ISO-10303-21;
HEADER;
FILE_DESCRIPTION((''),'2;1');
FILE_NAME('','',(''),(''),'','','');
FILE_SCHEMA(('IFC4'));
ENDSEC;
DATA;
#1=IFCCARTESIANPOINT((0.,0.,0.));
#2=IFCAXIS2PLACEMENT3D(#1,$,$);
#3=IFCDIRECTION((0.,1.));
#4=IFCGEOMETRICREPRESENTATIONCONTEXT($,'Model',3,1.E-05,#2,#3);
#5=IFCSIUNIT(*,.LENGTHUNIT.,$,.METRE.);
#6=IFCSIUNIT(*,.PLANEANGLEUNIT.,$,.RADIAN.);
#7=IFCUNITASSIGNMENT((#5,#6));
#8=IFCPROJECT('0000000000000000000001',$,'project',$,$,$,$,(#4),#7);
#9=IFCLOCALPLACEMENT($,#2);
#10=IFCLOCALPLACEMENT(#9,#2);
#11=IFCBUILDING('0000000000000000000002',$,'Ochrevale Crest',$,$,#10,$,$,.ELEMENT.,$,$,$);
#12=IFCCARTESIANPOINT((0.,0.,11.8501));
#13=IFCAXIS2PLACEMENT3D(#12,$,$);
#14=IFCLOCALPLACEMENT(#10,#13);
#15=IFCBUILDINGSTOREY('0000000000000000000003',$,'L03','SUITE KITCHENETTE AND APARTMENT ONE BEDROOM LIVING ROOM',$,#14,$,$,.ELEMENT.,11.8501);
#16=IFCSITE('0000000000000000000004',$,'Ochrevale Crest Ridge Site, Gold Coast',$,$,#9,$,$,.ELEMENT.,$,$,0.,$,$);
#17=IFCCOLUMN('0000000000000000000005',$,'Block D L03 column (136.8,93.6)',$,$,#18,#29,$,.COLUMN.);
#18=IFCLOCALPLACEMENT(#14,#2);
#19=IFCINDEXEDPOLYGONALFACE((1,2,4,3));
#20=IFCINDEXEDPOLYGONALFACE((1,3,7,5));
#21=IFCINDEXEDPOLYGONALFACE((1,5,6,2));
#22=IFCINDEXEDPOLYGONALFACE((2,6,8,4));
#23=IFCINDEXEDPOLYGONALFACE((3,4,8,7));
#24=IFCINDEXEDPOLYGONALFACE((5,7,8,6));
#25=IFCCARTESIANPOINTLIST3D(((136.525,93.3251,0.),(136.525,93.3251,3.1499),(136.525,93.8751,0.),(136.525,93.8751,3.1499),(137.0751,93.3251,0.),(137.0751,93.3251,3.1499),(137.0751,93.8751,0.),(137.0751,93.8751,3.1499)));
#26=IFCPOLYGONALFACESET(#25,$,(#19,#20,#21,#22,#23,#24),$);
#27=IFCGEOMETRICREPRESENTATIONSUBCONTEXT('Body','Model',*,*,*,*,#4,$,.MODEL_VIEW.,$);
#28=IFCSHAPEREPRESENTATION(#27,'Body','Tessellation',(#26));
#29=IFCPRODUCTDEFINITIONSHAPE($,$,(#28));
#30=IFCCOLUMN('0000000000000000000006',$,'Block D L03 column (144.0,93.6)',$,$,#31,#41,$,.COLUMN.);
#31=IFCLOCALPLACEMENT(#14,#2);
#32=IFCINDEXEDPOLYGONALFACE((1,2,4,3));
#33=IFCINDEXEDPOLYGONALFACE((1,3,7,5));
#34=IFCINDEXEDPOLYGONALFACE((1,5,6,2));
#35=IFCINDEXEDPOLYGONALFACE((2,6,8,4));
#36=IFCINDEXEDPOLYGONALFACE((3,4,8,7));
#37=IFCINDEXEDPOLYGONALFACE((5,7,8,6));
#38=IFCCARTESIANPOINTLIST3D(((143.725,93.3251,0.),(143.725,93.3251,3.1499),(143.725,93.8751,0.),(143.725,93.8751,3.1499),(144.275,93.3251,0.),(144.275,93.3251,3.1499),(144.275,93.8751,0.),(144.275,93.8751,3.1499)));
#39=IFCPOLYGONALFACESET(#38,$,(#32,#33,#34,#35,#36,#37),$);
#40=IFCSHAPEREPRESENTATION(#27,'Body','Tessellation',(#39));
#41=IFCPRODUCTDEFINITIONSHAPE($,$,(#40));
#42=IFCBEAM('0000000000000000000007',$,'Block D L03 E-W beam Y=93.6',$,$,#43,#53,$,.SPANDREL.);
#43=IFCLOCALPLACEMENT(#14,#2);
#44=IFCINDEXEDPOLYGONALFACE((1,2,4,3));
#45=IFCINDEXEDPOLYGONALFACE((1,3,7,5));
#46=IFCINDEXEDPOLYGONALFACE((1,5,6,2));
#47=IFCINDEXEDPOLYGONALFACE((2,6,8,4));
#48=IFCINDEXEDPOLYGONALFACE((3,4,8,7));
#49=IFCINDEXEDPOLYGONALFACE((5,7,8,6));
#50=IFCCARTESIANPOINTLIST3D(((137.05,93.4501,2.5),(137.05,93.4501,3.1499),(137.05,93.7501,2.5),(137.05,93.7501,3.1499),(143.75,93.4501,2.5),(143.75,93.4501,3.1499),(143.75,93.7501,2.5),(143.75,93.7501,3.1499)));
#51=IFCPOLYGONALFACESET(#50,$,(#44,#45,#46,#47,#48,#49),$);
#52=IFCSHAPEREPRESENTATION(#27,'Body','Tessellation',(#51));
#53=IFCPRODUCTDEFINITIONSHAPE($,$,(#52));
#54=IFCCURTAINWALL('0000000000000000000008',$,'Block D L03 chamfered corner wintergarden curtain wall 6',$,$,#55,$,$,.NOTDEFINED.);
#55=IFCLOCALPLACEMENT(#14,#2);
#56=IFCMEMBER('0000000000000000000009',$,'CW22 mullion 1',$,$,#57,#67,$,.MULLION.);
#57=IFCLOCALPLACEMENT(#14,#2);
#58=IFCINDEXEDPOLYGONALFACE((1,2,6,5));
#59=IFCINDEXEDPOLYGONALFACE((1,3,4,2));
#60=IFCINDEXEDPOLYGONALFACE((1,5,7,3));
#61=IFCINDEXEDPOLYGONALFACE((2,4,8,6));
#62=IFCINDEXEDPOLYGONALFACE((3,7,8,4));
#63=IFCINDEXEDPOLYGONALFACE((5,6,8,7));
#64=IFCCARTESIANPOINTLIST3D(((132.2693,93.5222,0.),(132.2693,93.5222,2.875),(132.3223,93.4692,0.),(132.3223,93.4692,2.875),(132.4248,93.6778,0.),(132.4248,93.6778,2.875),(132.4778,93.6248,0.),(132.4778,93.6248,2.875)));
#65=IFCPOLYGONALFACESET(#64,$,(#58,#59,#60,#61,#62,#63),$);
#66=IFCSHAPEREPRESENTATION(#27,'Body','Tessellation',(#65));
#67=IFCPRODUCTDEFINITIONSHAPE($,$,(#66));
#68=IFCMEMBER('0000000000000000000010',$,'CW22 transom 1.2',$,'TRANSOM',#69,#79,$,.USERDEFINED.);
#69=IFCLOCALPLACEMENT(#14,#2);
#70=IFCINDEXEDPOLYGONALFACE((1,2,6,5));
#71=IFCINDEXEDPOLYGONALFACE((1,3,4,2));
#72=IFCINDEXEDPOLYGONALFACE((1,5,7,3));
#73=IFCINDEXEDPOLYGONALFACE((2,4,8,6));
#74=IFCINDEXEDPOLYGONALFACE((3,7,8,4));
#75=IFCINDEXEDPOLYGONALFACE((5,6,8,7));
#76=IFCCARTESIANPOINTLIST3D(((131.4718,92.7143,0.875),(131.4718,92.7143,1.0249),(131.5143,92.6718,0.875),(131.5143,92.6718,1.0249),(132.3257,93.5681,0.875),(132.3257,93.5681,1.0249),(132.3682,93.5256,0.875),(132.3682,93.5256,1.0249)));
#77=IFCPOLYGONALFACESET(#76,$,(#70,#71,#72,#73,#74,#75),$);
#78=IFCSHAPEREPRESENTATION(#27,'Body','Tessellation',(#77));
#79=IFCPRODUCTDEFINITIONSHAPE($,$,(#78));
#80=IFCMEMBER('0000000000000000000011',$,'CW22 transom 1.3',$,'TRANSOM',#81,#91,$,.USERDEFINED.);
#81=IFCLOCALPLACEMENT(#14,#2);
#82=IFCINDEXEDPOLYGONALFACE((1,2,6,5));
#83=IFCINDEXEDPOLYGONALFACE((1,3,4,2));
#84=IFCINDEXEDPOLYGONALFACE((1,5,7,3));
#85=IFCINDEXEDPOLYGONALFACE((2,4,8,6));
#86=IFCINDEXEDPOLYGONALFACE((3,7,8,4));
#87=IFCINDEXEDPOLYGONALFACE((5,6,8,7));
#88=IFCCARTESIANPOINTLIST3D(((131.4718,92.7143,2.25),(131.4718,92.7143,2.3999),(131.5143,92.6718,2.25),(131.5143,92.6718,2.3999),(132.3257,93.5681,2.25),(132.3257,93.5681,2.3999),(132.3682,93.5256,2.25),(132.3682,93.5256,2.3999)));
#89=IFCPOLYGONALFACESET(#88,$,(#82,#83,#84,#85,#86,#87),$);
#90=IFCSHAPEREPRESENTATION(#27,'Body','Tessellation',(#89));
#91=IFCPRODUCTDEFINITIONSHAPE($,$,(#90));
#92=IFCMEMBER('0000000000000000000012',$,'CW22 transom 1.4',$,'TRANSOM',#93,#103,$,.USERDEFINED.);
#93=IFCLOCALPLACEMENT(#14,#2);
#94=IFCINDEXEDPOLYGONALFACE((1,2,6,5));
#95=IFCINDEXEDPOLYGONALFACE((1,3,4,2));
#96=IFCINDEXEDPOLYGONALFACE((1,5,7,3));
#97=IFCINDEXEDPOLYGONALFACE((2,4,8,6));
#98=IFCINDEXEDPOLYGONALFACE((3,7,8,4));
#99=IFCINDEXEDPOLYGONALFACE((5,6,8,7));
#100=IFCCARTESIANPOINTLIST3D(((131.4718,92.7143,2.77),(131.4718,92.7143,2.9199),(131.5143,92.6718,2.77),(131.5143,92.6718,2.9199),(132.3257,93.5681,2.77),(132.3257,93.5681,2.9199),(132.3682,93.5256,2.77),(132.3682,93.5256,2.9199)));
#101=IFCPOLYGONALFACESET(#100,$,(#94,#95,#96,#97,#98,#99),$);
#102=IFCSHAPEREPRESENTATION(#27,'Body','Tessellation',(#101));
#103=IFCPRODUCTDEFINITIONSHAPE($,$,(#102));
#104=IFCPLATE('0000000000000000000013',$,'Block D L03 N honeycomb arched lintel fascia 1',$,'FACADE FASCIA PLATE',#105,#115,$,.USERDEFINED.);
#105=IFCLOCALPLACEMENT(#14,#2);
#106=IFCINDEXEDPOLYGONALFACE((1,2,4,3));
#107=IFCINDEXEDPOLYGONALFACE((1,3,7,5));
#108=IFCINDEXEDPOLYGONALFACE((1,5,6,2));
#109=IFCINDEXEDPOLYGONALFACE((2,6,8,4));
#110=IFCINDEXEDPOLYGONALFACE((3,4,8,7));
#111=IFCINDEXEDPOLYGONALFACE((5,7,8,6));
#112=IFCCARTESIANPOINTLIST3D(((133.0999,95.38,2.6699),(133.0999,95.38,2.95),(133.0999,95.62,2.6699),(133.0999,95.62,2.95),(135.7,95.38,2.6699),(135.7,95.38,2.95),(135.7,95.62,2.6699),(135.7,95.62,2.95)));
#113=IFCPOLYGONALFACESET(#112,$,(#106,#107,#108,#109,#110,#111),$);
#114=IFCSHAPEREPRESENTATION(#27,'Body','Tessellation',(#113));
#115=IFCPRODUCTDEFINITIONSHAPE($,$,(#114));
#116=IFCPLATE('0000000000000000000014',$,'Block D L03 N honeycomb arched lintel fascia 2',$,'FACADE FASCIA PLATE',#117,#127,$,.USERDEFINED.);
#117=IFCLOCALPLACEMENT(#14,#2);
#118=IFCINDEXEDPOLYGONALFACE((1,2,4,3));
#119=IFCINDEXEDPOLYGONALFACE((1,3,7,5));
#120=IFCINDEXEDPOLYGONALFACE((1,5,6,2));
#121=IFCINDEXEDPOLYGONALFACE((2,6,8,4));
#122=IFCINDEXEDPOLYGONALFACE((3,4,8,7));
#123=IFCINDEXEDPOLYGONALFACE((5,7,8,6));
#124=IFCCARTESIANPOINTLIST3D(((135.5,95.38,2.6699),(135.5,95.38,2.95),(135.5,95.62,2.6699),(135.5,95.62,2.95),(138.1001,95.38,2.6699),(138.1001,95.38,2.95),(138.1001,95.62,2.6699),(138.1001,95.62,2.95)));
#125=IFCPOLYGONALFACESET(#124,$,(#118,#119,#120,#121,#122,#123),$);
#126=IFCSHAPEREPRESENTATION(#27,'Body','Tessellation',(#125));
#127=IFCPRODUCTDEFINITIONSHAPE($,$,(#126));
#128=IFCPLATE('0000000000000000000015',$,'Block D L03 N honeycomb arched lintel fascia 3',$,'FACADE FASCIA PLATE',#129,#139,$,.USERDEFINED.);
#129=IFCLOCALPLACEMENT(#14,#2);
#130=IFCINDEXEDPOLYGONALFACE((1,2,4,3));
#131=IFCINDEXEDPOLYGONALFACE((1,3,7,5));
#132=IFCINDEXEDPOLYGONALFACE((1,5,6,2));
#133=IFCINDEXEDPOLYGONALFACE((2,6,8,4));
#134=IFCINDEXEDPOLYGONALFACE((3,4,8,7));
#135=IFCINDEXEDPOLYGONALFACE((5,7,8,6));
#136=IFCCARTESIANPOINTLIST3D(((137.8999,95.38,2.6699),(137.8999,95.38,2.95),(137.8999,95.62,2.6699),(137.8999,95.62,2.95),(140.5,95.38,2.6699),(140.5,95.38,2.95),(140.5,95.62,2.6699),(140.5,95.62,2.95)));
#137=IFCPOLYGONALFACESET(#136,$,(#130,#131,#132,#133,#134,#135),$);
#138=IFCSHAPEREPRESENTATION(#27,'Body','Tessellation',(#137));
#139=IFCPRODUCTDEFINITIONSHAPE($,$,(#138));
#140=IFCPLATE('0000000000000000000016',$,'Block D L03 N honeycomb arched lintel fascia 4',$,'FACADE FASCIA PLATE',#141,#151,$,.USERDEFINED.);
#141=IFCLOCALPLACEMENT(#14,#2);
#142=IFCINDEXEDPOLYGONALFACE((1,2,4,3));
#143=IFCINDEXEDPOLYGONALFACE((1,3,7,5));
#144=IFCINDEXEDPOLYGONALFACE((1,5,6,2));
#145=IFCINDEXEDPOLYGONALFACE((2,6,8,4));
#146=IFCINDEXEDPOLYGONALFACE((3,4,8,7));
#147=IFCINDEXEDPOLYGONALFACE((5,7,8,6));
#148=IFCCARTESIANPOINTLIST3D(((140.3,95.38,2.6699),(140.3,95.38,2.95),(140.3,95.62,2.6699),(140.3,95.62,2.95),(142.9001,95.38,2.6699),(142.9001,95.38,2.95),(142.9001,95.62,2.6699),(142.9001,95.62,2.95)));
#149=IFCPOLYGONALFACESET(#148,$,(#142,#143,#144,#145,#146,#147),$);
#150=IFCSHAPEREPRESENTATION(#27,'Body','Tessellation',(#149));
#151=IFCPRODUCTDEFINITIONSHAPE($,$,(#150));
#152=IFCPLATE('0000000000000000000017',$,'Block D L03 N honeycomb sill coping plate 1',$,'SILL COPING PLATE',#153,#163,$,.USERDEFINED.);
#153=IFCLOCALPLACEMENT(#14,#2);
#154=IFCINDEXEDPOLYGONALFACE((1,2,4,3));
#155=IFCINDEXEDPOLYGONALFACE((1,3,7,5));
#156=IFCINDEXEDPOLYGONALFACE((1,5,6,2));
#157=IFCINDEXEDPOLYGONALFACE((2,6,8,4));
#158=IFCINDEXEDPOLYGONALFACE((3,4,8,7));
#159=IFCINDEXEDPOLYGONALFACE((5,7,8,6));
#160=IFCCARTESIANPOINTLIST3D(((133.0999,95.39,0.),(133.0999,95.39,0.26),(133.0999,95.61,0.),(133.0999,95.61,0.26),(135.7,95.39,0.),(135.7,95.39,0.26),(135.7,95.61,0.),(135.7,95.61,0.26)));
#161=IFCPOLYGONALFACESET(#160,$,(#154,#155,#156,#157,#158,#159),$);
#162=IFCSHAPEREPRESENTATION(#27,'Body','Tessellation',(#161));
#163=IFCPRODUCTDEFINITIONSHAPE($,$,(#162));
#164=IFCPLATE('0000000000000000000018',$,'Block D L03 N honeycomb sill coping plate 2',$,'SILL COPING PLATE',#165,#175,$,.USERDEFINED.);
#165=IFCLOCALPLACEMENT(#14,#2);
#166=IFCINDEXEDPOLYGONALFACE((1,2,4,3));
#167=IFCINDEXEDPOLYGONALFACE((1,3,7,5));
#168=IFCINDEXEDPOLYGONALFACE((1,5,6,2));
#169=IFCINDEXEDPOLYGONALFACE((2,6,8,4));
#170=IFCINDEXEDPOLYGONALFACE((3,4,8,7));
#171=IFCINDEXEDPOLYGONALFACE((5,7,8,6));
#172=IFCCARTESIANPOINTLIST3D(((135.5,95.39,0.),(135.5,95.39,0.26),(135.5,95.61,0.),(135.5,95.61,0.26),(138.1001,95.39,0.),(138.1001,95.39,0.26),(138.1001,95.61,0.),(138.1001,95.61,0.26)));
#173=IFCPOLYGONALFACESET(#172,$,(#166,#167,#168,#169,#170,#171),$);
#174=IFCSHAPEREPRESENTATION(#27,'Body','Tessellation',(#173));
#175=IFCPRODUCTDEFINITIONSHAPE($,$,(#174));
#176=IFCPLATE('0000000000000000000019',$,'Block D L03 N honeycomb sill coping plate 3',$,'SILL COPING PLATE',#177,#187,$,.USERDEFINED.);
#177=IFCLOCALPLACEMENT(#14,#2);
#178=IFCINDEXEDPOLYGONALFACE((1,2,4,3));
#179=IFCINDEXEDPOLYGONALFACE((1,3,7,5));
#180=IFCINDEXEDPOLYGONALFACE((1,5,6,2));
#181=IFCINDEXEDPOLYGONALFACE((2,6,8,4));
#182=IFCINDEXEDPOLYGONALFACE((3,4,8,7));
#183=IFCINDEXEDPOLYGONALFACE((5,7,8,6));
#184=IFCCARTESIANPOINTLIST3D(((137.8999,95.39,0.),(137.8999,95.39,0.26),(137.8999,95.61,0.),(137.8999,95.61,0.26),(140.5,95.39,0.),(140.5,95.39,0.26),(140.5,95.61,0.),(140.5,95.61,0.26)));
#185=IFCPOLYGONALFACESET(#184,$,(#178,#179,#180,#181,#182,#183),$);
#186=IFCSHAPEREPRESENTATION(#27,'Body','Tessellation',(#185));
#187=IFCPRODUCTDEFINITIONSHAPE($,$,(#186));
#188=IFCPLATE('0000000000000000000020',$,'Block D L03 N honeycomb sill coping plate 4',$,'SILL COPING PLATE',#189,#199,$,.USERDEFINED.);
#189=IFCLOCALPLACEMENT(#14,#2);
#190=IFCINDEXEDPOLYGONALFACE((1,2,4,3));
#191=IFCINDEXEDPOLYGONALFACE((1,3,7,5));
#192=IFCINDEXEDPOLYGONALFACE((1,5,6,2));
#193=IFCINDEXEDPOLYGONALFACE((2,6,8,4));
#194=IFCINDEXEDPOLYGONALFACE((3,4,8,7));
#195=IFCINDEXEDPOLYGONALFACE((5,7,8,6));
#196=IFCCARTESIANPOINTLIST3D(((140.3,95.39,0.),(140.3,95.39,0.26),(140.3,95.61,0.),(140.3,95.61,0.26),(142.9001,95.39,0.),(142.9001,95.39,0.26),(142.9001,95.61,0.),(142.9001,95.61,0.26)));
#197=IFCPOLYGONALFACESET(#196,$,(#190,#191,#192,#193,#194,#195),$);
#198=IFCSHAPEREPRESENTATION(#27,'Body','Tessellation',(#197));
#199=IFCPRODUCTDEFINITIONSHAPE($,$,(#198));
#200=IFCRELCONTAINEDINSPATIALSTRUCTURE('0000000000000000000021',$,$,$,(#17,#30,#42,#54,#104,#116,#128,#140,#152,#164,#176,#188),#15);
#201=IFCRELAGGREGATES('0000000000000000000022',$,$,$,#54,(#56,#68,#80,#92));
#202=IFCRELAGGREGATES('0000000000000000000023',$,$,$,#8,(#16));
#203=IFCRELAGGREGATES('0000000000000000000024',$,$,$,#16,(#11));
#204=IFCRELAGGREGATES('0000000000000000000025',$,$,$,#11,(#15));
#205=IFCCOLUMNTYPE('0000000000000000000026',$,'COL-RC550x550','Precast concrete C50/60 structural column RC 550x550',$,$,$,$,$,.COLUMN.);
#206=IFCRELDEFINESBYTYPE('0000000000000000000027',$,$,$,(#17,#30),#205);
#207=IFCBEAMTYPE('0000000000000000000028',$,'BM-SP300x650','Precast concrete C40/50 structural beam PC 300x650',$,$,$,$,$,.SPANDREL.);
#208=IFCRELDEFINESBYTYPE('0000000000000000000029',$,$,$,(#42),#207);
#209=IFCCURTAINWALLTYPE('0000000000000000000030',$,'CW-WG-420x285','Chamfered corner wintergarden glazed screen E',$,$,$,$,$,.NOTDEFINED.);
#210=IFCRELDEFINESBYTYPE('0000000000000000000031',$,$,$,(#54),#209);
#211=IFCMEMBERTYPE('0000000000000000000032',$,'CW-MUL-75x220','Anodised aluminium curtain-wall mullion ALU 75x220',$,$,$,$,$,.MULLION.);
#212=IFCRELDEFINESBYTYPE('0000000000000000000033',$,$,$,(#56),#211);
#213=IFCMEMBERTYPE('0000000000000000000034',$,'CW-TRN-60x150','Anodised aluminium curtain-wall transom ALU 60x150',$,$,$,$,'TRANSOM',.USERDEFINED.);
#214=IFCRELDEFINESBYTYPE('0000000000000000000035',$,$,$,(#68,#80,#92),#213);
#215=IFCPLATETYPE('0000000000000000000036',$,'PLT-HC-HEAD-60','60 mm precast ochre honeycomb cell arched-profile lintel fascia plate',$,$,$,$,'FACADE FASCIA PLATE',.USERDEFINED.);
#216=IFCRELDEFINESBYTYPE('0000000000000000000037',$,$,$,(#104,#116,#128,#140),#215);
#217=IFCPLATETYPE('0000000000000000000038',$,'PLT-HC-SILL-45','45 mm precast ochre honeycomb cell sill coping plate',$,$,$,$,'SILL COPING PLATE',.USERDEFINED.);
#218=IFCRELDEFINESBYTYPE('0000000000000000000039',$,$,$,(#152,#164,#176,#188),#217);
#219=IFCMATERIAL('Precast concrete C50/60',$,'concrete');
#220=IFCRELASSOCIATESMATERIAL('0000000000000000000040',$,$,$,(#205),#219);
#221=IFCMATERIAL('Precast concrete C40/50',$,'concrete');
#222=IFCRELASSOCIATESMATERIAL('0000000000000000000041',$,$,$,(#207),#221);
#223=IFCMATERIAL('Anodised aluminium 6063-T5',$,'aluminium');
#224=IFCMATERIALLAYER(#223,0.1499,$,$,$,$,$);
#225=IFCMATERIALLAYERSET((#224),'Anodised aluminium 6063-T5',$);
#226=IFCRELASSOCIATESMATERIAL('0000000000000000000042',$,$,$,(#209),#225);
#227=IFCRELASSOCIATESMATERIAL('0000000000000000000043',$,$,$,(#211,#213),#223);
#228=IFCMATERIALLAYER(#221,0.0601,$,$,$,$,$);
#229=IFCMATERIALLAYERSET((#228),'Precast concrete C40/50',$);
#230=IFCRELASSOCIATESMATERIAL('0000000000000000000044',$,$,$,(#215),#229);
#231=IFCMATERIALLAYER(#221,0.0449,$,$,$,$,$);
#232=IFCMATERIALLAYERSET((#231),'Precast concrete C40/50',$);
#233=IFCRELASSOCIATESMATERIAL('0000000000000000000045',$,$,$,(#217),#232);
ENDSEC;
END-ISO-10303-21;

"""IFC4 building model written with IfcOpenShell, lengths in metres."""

from ifc_helpers import new_model, si_unit, direction, frame, origin, origin_2d, place, context, subcontext, project, spatial, rectangle, extrude, material, layer, layer_set, material_profile, profile_set, type_object, element, aggregate, save


model = new_model("IFC4")

# Units and contexts
model_context = context("Model", 3, precision=1e-05, world=origin(), true_north=direction((0.0, 1.0)))
body_context = subcontext(model_context, "Body", "Model", "MODEL_VIEW")
ifc_project = project(units=[si_unit("LENGTHUNIT", "METRE"), si_unit("PLANEANGLEUNIT", "RADIAN")], contexts=[model_context])

# Site, building, storey
site_placement = place(None, origin())
site = spatial("IfcSite", under=ifc_project, at=site_placement, Name="Ochrevale Crest Ridge Site, Gold Coast", CompositionType="ELEMENT", RefElevation=0.0)
building_placement = place(site_placement, origin())
building = spatial("IfcBuilding", under=site, at=building_placement, Name="Ochrevale Crest", CompositionType="ELEMENT")
storey_placement = place(building_placement, frame((0.0, 0.0, 11.8501)))
storey = spatial("IfcBuildingStorey", under=building, at=storey_placement, Name="L03", Description="SUITE KITCHENETTE AND APARTMENT ONE BEDROOM LIVING ROOM", CompositionType="ELEMENT", Elevation=11.8501)

# Columns
ifc_material_1 = material(Name="Precast concrete C50/60", Category="concrete")
ifc_material_profile_1 = material_profile(ifc_material_1, rectangle(XDim=0.55, YDim=0.55, at=origin_2d()), Name="RC 550x550")
ifc_profile_set_1 = profile_set([ifc_material_profile_1], Name="Precast concrete C50/60")
column_type = type_object("IfcColumnType", Name="COL-RC550x550", Description="Precast concrete C50/60 structural column RC 550x550", PredefinedType="COLUMN", material=ifc_profile_set_1)
for number, where, z_axis, x_axis, name in (
    (1, (136.8, 93.6001, 0.0), (0.0, 0.0, 1.0), (1.0, 0.0, 0.0), "Block D L03 column (136.8,93.6)"),
    (2, (144.0, 93.6001, 0.0), (0.0, 0.0, 1.0), (1.0, 0.0, 0.0), "Block D L03 column (144.0,93.6)"),
):
    element("IfcColumn", number, at=place(storey_placement, frame(where, z_axis=z_axis, x_axis=x_axis)), inside=storey, type_object=column_type, Name=name, PredefinedType="COLUMN", context=body_context, shape_type="SweptSolid", body=[
        extrude(rectangle(XDim=0.55, YDim=0.55, at=origin_2d()), origin(), (0.0, 0.0, 1.0), 3.1499),
    ])

# Beam
ifc_material_2 = material(Name="Precast concrete C40/50", Category="concrete")
ifc_material_profile_2 = material_profile(ifc_material_2, rectangle(XDim=0.3, YDim=0.6499, at=origin_2d()), Name="PC 300x650")
ifc_profile_set_2 = profile_set([ifc_material_profile_2], Name="Precast concrete C40/50")
beam_type = type_object("IfcBeamType", Name="BM-SP300x650", Description="Precast concrete C40/50 structural beam PC 300x650", PredefinedType="SPANDREL", material=ifc_profile_set_2)
beam_placement = place(storey_placement, frame((137.05, 93.6001, 2.825), z_axis=(1.0, 0.0, 0.0), x_axis=(0.0, 1.0, 0.0)))
element("IfcBeam", 3, at=beam_placement, inside=storey, type_object=beam_type, Name="Block D L03 E-W beam Y=93.6", PredefinedType="SPANDREL", context=body_context, shape_type="SweptSolid", body=[
    extrude(rectangle(XDim=0.3, YDim=0.6499, at=origin_2d()), origin(), (0.0, 0.0, 1.0), 6.7),
])

# Curtain wall, members
ifc_material_3 = material(Name="Anodised aluminium 6063-T5", Category="aluminium")
ifc_layer_1 = layer(ifc_material_3, 0.1499)
ifc_layer_set_1 = layer_set([ifc_layer_1], Name="Anodised aluminium 6063-T5")
curtain_wall_type = type_object("IfcCurtainWallType", Name="CW-WG-420x285", Description="Chamfered corner wintergarden glazed screen E", PredefinedType="NOTDEFINED", material=ifc_layer_set_1)
curtain_wall_placement = place(storey_placement, origin())
curtain_wall = element("IfcCurtainWall", 4, at=curtain_wall_placement, inside=storey, type_object=curtain_wall_type, Name="Block D L03 chamfered corner wintergarden curtain wall 6", PredefinedType="NOTDEFINED")
ifc_material_profile_3 = material_profile(ifc_material_3, rectangle(XDim=0.075, YDim=0.22, at=origin_2d()), Name="ALU 75x220")
ifc_profile_set_3 = profile_set([ifc_material_profile_3], Name="Anodised aluminium 6063-T5")
member_type_1 = type_object("IfcMemberType", Name="CW-MUL-75x220", Description="Anodised aluminium curtain-wall mullion ALU 75x220", PredefinedType="MULLION", material=ifc_profile_set_3)
member_1_placement = place(storey_placement, frame((132.3735, 93.5735, 0.0), z_axis=(0.0, 0.0, 1.0), x_axis=(0.707107, -0.707107, 0.0)))
member_1 = element("IfcMember", 5, at=member_1_placement, type_object=member_type_1, Name="CW22 mullion 1", PredefinedType="MULLION", context=body_context, shape_type="SweptSolid", body=[
    extrude(rectangle(XDim=0.075, YDim=0.22, at=origin_2d()), origin(), (0.0, 0.0, 1.0), 2.875),
])
ifc_material_profile_4 = material_profile(ifc_material_3, rectangle(XDim=0.0601, YDim=0.1499, at=origin_2d()), Name="ALU 60x150")
ifc_profile_set_4 = profile_set([ifc_material_profile_4], Name="Anodised aluminium 6063-T5")
member_type_2 = type_object("IfcMemberType", Name="CW-TRN-60x150", Description="Anodised aluminium curtain-wall transom ALU 60x150", ElementType="TRANSOM", PredefinedType="USERDEFINED", material=ifc_profile_set_4)
member_2_placement = place(storey_placement, frame((132.3469, 93.5469, 0.95), z_axis=(-0.707107, -0.707107, 0.0), x_axis=(0.707107, -0.707107, 0.0)))
member_2 = element("IfcMember", 6, at=member_2_placement, type_object=member_type_2, Name="CW22 transom 1.2", ObjectType="TRANSOM", PredefinedType="USERDEFINED", context=body_context, shape_type="SweptSolid", body=[
    extrude(rectangle(XDim=0.0601, YDim=0.1499, at=origin_2d()), origin(), (0.0, 0.0, 1.0), 1.2075),
])
member_3_placement = place(storey_placement, frame((132.3469, 93.5469, 2.325), z_axis=(-0.707107, -0.707107, 0.0), x_axis=(0.707107, -0.707107, 0.0)))
member_3 = element("IfcMember", 7, at=member_3_placement, type_object=member_type_2, Name="CW22 transom 1.3", ObjectType="TRANSOM", PredefinedType="USERDEFINED", context=body_context, shape_type="SweptSolid", body=[
    extrude(rectangle(XDim=0.0601, YDim=0.1499, at=origin_2d()), origin(), (0.0, 0.0, 1.0), 1.2075),
])
member_4_placement = place(storey_placement, frame((132.3469, 93.5469, 2.845), z_axis=(-0.707107, -0.707107, 0.0), x_axis=(0.707107, -0.707107, 0.0)))
member_4 = element("IfcMember", 8, at=member_4_placement, type_object=member_type_2, Name="CW22 transom 1.4", ObjectType="TRANSOM", PredefinedType="USERDEFINED", context=body_context, shape_type="SweptSolid", body=[
    extrude(rectangle(XDim=0.0601, YDim=0.1499, at=origin_2d()), origin(), (0.0, 0.0, 1.0), 1.2075),
])
aggregate(curtain_wall, [member_1, member_2, member_3, member_4])

# Plates
ifc_layer_2 = layer(ifc_material_2, 0.0601)
ifc_layer_set_2 = layer_set([ifc_layer_2], Name="Precast concrete C40/50")
plate_type_1 = type_object("IfcPlateType", Name="PLT-HC-HEAD-60", Description="60 mm precast ochre honeycomb cell arched-profile lintel fascia plate", ElementType="FACADE FASCIA PLATE", PredefinedType="USERDEFINED", material=ifc_layer_set_2)
for number, where, z_axis, x_axis, name in (
    (9, (134.3999, 95.5, 2.6699), (0.0, 0.0, 1.0), (1.0, 0.0, 0.0), "Block D L03 N honeycomb arched lintel fascia 1"),
    (10, (136.8, 95.5, 2.6699), (0.0, 0.0, 1.0), (1.0, 0.0, 0.0), "Block D L03 N honeycomb arched lintel fascia 2"),
    (11, (139.2, 95.5, 2.6699), (0.0, 0.0, 1.0), (1.0, 0.0, 0.0), "Block D L03 N honeycomb arched lintel fascia 3"),
    (12, (141.6001, 95.5, 2.6699), (0.0, 0.0, 1.0), (1.0, 0.0, 0.0), "Block D L03 N honeycomb arched lintel fascia 4"),
):
    element("IfcPlate", number, at=place(storey_placement, frame(where, z_axis=z_axis, x_axis=x_axis)), inside=storey, type_object=plate_type_1, Name=name, ObjectType="FACADE FASCIA PLATE", PredefinedType="USERDEFINED", context=body_context, shape_type="SweptSolid", body=[
        extrude(rectangle(XDim=2.6001, YDim=0.24, at=origin_2d()), origin(), (0.0, 0.0, 1.0), 0.28),
    ])
ifc_layer_3 = layer(ifc_material_2, 0.0449)
ifc_layer_set_3 = layer_set([ifc_layer_3], Name="Precast concrete C40/50")
plate_type_2 = type_object("IfcPlateType", Name="PLT-HC-SILL-45", Description="45 mm precast ochre honeycomb cell sill coping plate", ElementType="SILL COPING PLATE", PredefinedType="USERDEFINED", material=ifc_layer_set_3)
for number, where, z_axis, x_axis, name in (
    (13, (134.3999, 95.5, 0.0), (0.0, 0.0, 1.0), (1.0, 0.0, 0.0), "Block D L03 N honeycomb sill coping plate 1"),
    (14, (136.8, 95.5, 0.0), (0.0, 0.0, 1.0), (1.0, 0.0, 0.0), "Block D L03 N honeycomb sill coping plate 2"),
    (15, (139.2, 95.5, 0.0), (0.0, 0.0, 1.0), (1.0, 0.0, 0.0), "Block D L03 N honeycomb sill coping plate 3"),
    (16, (141.6001, 95.5, 0.0), (0.0, 0.0, 1.0), (1.0, 0.0, 0.0), "Block D L03 N honeycomb sill coping plate 4"),
):
    element("IfcPlate", number, at=place(storey_placement, frame(where, z_axis=z_axis, x_axis=x_axis)), inside=storey, type_object=plate_type_2, Name=name, ObjectType="SILL COPING PLATE", PredefinedType="USERDEFINED", context=body_context, shape_type="SweptSolid", body=[
        extrude(rectangle(XDim=2.6001, YDim=0.22, at=origin_2d()), origin(), (0.0, 0.0, 1.0), 0.26),
    ])

save(model, "model.ifc")
